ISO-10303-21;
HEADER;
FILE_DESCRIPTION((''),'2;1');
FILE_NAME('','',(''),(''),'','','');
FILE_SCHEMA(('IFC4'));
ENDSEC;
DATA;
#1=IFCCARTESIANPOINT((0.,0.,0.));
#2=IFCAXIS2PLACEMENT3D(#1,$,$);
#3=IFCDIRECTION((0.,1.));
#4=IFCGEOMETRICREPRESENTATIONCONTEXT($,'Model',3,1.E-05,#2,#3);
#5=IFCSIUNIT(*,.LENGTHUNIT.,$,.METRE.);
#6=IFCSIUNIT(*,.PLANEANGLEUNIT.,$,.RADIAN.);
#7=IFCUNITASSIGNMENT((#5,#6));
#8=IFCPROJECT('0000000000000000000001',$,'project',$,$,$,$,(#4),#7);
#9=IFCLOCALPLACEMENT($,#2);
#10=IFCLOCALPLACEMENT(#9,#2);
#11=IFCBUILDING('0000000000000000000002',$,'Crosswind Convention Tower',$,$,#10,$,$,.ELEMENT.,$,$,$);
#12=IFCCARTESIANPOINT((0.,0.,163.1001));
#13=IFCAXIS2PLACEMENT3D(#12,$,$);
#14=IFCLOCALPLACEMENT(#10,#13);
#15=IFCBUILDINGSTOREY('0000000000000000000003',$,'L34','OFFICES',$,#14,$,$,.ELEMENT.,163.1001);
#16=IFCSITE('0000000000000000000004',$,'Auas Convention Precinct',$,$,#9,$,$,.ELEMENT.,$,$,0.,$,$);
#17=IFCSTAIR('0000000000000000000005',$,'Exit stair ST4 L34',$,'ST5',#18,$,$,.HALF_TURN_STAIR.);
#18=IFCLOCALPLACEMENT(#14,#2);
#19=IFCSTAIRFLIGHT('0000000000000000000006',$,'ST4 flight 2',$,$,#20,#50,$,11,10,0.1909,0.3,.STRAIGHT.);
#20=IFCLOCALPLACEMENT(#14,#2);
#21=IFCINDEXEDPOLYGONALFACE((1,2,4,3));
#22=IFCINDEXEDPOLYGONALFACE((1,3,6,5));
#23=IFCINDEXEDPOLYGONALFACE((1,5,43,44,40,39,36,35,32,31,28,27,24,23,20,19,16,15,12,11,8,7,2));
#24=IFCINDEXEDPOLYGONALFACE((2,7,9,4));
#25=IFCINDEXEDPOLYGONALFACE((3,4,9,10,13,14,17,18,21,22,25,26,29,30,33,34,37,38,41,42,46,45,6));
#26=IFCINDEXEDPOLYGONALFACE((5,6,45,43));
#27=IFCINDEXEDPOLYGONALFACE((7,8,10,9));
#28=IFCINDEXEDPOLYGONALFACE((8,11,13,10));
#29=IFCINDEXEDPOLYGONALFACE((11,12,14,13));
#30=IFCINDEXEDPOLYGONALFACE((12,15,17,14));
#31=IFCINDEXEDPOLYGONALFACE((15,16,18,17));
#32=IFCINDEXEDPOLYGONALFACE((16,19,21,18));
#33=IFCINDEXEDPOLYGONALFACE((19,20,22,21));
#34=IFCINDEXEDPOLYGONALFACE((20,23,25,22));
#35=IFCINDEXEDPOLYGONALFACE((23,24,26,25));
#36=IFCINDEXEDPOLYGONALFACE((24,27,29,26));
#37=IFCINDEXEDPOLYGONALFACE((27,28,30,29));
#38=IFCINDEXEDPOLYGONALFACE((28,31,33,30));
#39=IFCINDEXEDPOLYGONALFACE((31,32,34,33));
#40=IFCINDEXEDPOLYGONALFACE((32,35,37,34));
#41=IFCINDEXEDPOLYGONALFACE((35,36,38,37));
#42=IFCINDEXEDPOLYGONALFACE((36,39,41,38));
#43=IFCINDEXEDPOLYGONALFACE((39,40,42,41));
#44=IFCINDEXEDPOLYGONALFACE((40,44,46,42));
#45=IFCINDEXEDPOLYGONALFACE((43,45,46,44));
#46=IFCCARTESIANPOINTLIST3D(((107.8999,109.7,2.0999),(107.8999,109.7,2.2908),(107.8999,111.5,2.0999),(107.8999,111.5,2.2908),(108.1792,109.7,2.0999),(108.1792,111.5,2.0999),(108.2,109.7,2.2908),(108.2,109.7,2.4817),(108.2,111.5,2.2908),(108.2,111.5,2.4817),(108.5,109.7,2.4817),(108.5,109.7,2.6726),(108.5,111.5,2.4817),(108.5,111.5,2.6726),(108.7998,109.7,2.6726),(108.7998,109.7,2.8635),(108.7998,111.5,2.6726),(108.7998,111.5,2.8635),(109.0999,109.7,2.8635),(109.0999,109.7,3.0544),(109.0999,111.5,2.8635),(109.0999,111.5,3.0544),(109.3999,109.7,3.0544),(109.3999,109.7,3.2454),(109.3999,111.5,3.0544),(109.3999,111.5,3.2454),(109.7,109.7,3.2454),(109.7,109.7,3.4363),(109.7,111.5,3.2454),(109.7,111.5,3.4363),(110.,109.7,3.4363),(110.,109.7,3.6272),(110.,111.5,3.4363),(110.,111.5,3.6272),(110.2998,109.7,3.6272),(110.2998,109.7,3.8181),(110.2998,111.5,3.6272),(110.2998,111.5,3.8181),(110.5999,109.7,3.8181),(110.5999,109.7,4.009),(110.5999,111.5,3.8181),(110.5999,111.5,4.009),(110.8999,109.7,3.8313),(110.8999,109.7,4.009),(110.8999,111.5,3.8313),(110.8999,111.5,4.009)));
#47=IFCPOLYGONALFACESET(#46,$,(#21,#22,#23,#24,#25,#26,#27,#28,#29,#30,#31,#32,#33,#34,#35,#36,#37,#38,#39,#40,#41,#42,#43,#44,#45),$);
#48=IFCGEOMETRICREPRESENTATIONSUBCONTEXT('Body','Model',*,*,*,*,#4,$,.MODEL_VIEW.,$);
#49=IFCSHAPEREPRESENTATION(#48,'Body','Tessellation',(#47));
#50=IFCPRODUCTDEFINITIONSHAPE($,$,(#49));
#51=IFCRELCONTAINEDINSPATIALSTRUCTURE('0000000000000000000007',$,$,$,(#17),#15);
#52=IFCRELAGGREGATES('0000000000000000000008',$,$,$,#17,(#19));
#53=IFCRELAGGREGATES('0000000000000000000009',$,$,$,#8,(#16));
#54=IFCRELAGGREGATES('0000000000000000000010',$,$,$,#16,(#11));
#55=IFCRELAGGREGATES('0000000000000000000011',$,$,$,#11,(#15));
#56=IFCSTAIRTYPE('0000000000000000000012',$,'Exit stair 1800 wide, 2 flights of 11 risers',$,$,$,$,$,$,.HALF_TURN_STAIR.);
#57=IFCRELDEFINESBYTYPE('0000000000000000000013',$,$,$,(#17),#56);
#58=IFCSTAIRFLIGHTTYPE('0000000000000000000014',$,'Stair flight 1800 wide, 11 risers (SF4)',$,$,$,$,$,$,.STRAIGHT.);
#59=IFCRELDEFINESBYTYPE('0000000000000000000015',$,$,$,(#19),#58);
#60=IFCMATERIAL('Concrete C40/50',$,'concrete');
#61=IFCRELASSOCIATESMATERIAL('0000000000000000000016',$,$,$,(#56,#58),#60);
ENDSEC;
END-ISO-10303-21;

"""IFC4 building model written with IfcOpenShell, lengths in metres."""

from ifc_helpers import new_model, si_unit, direction, frame, origin, place, context, subcontext, project, spatial, polyline, outline, extrude, material, type_object, element, aggregate, save


model = new_model("IFC4")

# Units and contexts
model_context = context("Model", 3, precision=1e-05, world=origin(), true_north=direction((0.0, 1.0)))
body_context = subcontext(model_context, "Body", "Model", "MODEL_VIEW")
ifc_project = project(units=[si_unit("LENGTHUNIT", "METRE"), si_unit("PLANEANGLEUNIT", "RADIAN")], contexts=[model_context])

# Site, building, storey
site_placement = place(None, origin())
site = spatial("IfcSite", under=ifc_project, at=site_placement, Name="Auas Convention Precinct", CompositionType="ELEMENT", RefElevation=0.0)
building_placement = place(site_placement, origin())
building = spatial("IfcBuilding", under=site, at=building_placement, Name="Crosswind Convention Tower", CompositionType="ELEMENT")
storey_placement = place(building_placement, frame((0.0, 0.0, 163.1001)))
storey = spatial("IfcBuildingStorey", under=building, at=storey_placement, Name="L34", Description="OFFICES", CompositionType="ELEMENT", Elevation=163.1001)

# Stair, stair flight
ifc_material_1 = material(Name="Concrete C40/50", Category="concrete")
stair_type = type_object("IfcStairType", Name="Exit stair 1800 wide, 2 flights of 11 risers", PredefinedType="HALF_TURN_STAIR", material=ifc_material_1)
stair_placement = place(storey_placement, origin())
stair = element("IfcStair", 1, at=stair_placement, inside=storey, type_object=stair_type, Name="Exit stair ST4 L34", ObjectType="ST5", PredefinedType="HALF_TURN_STAIR")
stair_flight_type = type_object("IfcStairFlightType", Name="Stair flight 1800 wide, 11 risers (SF4)", PredefinedType="STRAIGHT", material=ifc_material_1)
stair_flight_1_placement = place(storey_placement, frame((107.8999, 110.6001, 2.0999), z_axis=(0.0, 0.0, 1.0), x_axis=(1.0, 0.0, 0.0)))
stair_flight_1 = element("IfcStairFlight", 2, at=stair_flight_1_placement, type_object=stair_flight_type, Name="ST4 flight 2", NumberOfRisers=11, NumberOfTreads=10, PredefinedType="STRAIGHT", RiserHeight=0.1909, TreadLength=0.3, context=body_context, shape_type="SweptSolid", body=[
    extrude(outline(polyline([(0.0, 0.0), (0.0, 0.1909), (0.3, 0.1909), (0.3, 0.3818), (0.6001, 0.3818), (0.6001, 0.5728), (0.8999, 0.5728), (0.8999, 0.7637), (1.2, 0.7637), (1.2, 0.9546), (1.5, 0.9546), (1.5, 1.1455), (1.8, 1.1455), (1.8, 1.3364), (2.1001, 1.3364), (2.1001, 1.5273), (2.3999, 1.5273), (2.3999, 1.7183), (2.7, 1.7183), (2.7, 1.9092), (3.0, 1.9092), (3.0, 2.1001), (3.0, 1.7314), (0.2793, 0.0), (0.0, 0.0)])), frame((0.0, 0.8999, 0.0), z_axis=(0.0, -1.0, 0.0), x_axis=(1.0, 0.0, 0.0)), (0.0, 0.0, 1.0), 1.8),
])
aggregate(stair, [stair_flight_1])

save(model, "model.ifc")
